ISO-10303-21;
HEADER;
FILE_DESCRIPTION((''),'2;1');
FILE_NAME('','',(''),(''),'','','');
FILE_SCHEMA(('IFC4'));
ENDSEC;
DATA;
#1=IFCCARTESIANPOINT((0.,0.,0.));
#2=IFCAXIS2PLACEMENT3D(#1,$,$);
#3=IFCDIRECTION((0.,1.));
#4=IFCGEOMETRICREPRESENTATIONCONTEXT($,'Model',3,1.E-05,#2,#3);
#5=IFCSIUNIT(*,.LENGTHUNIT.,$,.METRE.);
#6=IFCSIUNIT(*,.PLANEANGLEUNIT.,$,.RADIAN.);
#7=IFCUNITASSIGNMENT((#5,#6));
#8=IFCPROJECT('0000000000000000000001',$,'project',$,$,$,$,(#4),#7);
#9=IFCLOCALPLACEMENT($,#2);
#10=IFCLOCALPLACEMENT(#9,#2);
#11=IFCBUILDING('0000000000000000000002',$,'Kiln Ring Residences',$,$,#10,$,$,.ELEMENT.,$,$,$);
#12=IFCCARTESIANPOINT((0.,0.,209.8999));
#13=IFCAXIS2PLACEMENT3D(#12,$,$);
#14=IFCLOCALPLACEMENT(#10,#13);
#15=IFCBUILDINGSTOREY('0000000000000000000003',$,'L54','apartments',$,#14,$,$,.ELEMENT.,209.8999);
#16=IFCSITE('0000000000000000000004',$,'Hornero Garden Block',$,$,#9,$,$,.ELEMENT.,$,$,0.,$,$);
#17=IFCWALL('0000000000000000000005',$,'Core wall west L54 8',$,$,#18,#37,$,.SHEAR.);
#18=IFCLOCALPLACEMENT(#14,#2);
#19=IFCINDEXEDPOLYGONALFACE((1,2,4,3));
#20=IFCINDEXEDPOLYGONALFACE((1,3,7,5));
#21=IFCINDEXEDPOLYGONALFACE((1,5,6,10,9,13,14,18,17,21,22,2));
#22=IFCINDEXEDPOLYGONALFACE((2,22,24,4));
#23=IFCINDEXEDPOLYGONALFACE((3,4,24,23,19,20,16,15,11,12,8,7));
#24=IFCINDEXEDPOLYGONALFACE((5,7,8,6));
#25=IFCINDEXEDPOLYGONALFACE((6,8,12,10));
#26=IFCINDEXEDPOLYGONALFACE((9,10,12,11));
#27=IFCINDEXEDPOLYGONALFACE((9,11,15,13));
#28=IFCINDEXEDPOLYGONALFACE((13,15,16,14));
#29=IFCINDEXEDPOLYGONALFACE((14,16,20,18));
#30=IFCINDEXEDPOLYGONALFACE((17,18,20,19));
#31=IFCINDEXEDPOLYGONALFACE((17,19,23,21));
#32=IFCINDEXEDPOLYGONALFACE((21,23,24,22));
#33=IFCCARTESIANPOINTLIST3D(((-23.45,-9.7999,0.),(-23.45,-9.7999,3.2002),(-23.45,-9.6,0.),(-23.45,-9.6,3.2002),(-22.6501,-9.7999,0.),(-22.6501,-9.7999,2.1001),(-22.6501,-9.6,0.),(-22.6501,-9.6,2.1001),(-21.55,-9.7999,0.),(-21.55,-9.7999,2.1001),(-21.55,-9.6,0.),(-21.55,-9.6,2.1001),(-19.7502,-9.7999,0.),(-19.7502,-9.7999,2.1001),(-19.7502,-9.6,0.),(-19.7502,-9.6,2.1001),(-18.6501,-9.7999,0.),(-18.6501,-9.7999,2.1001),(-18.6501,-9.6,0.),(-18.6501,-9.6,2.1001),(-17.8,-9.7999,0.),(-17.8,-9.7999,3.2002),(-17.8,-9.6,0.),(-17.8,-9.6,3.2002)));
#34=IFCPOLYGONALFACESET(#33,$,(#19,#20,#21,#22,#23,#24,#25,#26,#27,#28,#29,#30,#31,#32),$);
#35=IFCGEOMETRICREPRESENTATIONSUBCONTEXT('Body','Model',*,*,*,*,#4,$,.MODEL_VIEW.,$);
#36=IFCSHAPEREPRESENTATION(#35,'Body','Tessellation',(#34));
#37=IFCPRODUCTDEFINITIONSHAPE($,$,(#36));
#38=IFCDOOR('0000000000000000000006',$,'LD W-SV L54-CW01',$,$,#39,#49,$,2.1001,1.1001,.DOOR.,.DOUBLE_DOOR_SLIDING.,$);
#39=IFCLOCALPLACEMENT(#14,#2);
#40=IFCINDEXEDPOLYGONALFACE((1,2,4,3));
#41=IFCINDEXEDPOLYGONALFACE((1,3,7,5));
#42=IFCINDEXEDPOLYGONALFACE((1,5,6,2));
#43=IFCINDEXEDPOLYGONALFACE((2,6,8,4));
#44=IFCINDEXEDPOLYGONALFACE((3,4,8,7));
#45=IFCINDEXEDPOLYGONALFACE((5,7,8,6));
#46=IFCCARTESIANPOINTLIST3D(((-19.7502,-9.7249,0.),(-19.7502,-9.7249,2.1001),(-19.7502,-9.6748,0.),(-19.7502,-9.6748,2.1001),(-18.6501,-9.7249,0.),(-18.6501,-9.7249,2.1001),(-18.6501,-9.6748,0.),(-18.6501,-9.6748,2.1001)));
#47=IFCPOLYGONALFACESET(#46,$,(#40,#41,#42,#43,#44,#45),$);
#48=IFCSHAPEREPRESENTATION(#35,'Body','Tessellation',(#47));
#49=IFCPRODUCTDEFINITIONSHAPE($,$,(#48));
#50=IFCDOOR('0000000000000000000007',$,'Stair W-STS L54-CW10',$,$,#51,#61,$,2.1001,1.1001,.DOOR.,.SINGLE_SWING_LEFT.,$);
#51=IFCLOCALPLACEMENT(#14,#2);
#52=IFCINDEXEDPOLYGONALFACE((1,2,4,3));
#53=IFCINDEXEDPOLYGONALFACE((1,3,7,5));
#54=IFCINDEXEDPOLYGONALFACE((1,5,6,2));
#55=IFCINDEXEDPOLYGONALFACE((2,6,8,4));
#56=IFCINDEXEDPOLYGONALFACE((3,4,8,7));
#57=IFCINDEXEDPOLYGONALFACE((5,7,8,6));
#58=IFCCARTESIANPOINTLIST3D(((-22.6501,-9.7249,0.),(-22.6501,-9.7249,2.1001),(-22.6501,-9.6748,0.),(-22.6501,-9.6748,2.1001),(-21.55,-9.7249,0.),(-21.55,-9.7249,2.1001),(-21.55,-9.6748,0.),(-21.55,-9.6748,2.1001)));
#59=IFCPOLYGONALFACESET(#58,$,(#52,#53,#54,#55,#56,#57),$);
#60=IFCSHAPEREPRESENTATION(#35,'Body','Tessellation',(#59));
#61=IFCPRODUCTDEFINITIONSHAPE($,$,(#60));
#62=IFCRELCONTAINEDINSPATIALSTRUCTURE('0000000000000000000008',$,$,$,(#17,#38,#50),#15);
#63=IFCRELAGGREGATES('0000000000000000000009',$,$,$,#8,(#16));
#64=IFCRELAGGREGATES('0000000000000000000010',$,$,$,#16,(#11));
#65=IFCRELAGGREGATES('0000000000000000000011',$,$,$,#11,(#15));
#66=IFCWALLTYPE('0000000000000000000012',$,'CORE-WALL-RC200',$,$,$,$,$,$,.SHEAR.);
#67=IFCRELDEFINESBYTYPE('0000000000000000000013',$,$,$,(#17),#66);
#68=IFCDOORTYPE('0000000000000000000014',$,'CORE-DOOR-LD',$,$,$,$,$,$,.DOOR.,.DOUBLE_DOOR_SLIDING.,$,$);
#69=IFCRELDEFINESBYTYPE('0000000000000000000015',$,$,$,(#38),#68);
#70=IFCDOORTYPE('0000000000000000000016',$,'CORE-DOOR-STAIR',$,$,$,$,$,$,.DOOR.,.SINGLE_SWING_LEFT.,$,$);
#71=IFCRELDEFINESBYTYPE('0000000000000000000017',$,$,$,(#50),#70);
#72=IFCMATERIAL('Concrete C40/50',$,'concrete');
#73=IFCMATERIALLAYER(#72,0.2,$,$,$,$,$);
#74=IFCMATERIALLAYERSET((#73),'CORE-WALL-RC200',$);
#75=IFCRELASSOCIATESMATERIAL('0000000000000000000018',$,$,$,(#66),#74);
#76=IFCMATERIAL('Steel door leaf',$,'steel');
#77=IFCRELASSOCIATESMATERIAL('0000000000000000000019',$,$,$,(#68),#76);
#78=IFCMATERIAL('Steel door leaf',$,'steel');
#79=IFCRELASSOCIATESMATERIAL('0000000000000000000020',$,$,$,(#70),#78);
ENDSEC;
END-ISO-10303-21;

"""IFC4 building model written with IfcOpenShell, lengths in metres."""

from ifc_helpers import new_model, si_unit, direction, frame, frame_2d, origin, place, context, subcontext, project, spatial, rectangle, extrude, material, layer, layer_set, type_object, element, fill, save


model = new_model("IFC4")

# Units and contexts
model_context = context("Model", 3, precision=1e-05, world=origin(), true_north=direction((0.0, 1.0)))
body_context = subcontext(model_context, "Body", "Model", "MODEL_VIEW")
ifc_project = project(units=[si_unit("LENGTHUNIT", "METRE"), si_unit("PLANEANGLEUNIT", "RADIAN")], contexts=[model_context])

# Site, building, storey
site_placement = place(None, origin())
site = spatial("IfcSite", under=ifc_project, at=site_placement, Name="Hornero Garden Block", CompositionType="ELEMENT", RefElevation=0.0)
building_placement = place(site_placement, origin())
building = spatial("IfcBuilding", under=site, at=building_placement, Name="Kiln Ring Residences", CompositionType="ELEMENT")
storey_placement = place(building_placement, frame((0.0, 0.0, 209.8999)))
storey = spatial("IfcBuildingStorey", under=building, at=storey_placement, Name="L54", Description="apartments", CompositionType="ELEMENT", Elevation=209.8999)

# Wall, openings, doors
ifc_material_1 = material(Name="Concrete C40/50", Category="concrete")
ifc_layer_1 = layer(ifc_material_1, 0.2)
ifc_layer_set_1 = layer_set([ifc_layer_1], Name="CORE-WALL-RC200")
wall_type_1 = type_object("IfcWallType", Name="CORE-WALL-RC200", PredefinedType="SHEAR", material=ifc_layer_set_1)
wall_1_placement = place(storey_placement, frame((-17.8, -9.7, 0.0), z_axis=(0.0, 0.0, 1.0), x_axis=(-1.0, 0.0, 0.0)))
wall_1 = element("IfcWall", 1, at=wall_1_placement, inside=storey, type_object=wall_type_1, Name="Core wall west L54 8", PredefinedType="SHEAR", context=body_context, shape_type="SweptSolid", body=[
    extrude(rectangle(XDim=5.6499, YDim=0.2, at=frame_2d((2.825, 0.0))), origin(), (0.0, 0.0, 1.0), 3.2002),
])
opening_1_placement = place(wall_1_placement, frame((0.8501, 0.0, 0.0)))
opening_1 = element("IfcOpeningElement", 2, at=opening_1_placement, cuts=wall_1, PredefinedType="OPENING", context=body_context, shape_type="SweptSolid", body=[
    extrude(rectangle(XDim=1.1001, YDim=2.1001, at=frame_2d((0.55, 1.05))), frame((0.0, 0.1099, 0.0), z_axis=(0.0, -1.0, 0.0), x_axis=(1.0, 0.0, 0.0)), (0.0, 0.0, 1.0), 0.22),
])
opening_2_placement = place(wall_1_placement, frame((3.75, 0.0, 0.0)))
opening_2 = element("IfcOpeningElement", 3, at=opening_2_placement, cuts=wall_1, PredefinedType="OPENING", context=body_context, shape_type="SweptSolid", body=[
    extrude(rectangle(XDim=1.1001, YDim=2.1001, at=frame_2d((0.55, 1.05))), frame((0.0, 0.1099, 0.0), z_axis=(0.0, -1.0, 0.0), x_axis=(1.0, 0.0, 0.0)), (0.0, 0.0, 1.0), 0.22),
])
ifc_material_2 = material(Name="Steel door leaf", Category="steel")
door_type_1 = type_object("IfcDoorType", Name="CORE-DOOR-LD", OperationType="DOUBLE_DOOR_SLIDING", PredefinedType="DOOR", material=ifc_material_2)
door_1_placement = place(opening_1_placement, origin())
door_1 = element("IfcDoor", 4, at=door_1_placement, inside=storey, type_object=door_type_1, Name="LD W-SV L54-CW01", OperationType="DOUBLE_DOOR_SLIDING", OverallHeight=2.1001, OverallWidth=1.1001, PredefinedType="DOOR", context=body_context, shape_type="SweptSolid", body=[
    extrude(rectangle(XDim=1.1001, YDim=2.1001, at=frame_2d((0.55, 1.05))), frame((0.0, 0.0249, 0.0), z_axis=(0.0, -1.0, 0.0), x_axis=(1.0, 0.0, 0.0)), (0.0, 0.0, 1.0), 0.05),
])
fill(opening_1, door_1)
ifc_material_3 = material(Name="Steel door leaf", Category="steel")
door_type_2 = type_object("IfcDoorType", Name="CORE-DOOR-STAIR", OperationType="SINGLE_SWING_LEFT", PredefinedType="DOOR", material=ifc_material_3)
door_2_placement = place(opening_2_placement, origin())
door_2 = element("IfcDoor", 5, at=door_2_placement, inside=storey, type_object=door_type_2, Name="Stair W-STS L54-CW10", OperationType="SINGLE_SWING_LEFT", OverallHeight=2.1001, OverallWidth=1.1001, PredefinedType="DOOR", context=body_context, shape_type="SweptSolid", body=[
    extrude(rectangle(XDim=1.1001, YDim=2.1001, at=frame_2d((0.55, 1.05))), frame((0.0, 0.0249, 0.0), z_axis=(0.0, -1.0, 0.0), x_axis=(1.0, 0.0, 0.0)), (0.0, 0.0, 1.0), 0.05),
])
fill(opening_2, door_2)

save(model, "model.ifc")
